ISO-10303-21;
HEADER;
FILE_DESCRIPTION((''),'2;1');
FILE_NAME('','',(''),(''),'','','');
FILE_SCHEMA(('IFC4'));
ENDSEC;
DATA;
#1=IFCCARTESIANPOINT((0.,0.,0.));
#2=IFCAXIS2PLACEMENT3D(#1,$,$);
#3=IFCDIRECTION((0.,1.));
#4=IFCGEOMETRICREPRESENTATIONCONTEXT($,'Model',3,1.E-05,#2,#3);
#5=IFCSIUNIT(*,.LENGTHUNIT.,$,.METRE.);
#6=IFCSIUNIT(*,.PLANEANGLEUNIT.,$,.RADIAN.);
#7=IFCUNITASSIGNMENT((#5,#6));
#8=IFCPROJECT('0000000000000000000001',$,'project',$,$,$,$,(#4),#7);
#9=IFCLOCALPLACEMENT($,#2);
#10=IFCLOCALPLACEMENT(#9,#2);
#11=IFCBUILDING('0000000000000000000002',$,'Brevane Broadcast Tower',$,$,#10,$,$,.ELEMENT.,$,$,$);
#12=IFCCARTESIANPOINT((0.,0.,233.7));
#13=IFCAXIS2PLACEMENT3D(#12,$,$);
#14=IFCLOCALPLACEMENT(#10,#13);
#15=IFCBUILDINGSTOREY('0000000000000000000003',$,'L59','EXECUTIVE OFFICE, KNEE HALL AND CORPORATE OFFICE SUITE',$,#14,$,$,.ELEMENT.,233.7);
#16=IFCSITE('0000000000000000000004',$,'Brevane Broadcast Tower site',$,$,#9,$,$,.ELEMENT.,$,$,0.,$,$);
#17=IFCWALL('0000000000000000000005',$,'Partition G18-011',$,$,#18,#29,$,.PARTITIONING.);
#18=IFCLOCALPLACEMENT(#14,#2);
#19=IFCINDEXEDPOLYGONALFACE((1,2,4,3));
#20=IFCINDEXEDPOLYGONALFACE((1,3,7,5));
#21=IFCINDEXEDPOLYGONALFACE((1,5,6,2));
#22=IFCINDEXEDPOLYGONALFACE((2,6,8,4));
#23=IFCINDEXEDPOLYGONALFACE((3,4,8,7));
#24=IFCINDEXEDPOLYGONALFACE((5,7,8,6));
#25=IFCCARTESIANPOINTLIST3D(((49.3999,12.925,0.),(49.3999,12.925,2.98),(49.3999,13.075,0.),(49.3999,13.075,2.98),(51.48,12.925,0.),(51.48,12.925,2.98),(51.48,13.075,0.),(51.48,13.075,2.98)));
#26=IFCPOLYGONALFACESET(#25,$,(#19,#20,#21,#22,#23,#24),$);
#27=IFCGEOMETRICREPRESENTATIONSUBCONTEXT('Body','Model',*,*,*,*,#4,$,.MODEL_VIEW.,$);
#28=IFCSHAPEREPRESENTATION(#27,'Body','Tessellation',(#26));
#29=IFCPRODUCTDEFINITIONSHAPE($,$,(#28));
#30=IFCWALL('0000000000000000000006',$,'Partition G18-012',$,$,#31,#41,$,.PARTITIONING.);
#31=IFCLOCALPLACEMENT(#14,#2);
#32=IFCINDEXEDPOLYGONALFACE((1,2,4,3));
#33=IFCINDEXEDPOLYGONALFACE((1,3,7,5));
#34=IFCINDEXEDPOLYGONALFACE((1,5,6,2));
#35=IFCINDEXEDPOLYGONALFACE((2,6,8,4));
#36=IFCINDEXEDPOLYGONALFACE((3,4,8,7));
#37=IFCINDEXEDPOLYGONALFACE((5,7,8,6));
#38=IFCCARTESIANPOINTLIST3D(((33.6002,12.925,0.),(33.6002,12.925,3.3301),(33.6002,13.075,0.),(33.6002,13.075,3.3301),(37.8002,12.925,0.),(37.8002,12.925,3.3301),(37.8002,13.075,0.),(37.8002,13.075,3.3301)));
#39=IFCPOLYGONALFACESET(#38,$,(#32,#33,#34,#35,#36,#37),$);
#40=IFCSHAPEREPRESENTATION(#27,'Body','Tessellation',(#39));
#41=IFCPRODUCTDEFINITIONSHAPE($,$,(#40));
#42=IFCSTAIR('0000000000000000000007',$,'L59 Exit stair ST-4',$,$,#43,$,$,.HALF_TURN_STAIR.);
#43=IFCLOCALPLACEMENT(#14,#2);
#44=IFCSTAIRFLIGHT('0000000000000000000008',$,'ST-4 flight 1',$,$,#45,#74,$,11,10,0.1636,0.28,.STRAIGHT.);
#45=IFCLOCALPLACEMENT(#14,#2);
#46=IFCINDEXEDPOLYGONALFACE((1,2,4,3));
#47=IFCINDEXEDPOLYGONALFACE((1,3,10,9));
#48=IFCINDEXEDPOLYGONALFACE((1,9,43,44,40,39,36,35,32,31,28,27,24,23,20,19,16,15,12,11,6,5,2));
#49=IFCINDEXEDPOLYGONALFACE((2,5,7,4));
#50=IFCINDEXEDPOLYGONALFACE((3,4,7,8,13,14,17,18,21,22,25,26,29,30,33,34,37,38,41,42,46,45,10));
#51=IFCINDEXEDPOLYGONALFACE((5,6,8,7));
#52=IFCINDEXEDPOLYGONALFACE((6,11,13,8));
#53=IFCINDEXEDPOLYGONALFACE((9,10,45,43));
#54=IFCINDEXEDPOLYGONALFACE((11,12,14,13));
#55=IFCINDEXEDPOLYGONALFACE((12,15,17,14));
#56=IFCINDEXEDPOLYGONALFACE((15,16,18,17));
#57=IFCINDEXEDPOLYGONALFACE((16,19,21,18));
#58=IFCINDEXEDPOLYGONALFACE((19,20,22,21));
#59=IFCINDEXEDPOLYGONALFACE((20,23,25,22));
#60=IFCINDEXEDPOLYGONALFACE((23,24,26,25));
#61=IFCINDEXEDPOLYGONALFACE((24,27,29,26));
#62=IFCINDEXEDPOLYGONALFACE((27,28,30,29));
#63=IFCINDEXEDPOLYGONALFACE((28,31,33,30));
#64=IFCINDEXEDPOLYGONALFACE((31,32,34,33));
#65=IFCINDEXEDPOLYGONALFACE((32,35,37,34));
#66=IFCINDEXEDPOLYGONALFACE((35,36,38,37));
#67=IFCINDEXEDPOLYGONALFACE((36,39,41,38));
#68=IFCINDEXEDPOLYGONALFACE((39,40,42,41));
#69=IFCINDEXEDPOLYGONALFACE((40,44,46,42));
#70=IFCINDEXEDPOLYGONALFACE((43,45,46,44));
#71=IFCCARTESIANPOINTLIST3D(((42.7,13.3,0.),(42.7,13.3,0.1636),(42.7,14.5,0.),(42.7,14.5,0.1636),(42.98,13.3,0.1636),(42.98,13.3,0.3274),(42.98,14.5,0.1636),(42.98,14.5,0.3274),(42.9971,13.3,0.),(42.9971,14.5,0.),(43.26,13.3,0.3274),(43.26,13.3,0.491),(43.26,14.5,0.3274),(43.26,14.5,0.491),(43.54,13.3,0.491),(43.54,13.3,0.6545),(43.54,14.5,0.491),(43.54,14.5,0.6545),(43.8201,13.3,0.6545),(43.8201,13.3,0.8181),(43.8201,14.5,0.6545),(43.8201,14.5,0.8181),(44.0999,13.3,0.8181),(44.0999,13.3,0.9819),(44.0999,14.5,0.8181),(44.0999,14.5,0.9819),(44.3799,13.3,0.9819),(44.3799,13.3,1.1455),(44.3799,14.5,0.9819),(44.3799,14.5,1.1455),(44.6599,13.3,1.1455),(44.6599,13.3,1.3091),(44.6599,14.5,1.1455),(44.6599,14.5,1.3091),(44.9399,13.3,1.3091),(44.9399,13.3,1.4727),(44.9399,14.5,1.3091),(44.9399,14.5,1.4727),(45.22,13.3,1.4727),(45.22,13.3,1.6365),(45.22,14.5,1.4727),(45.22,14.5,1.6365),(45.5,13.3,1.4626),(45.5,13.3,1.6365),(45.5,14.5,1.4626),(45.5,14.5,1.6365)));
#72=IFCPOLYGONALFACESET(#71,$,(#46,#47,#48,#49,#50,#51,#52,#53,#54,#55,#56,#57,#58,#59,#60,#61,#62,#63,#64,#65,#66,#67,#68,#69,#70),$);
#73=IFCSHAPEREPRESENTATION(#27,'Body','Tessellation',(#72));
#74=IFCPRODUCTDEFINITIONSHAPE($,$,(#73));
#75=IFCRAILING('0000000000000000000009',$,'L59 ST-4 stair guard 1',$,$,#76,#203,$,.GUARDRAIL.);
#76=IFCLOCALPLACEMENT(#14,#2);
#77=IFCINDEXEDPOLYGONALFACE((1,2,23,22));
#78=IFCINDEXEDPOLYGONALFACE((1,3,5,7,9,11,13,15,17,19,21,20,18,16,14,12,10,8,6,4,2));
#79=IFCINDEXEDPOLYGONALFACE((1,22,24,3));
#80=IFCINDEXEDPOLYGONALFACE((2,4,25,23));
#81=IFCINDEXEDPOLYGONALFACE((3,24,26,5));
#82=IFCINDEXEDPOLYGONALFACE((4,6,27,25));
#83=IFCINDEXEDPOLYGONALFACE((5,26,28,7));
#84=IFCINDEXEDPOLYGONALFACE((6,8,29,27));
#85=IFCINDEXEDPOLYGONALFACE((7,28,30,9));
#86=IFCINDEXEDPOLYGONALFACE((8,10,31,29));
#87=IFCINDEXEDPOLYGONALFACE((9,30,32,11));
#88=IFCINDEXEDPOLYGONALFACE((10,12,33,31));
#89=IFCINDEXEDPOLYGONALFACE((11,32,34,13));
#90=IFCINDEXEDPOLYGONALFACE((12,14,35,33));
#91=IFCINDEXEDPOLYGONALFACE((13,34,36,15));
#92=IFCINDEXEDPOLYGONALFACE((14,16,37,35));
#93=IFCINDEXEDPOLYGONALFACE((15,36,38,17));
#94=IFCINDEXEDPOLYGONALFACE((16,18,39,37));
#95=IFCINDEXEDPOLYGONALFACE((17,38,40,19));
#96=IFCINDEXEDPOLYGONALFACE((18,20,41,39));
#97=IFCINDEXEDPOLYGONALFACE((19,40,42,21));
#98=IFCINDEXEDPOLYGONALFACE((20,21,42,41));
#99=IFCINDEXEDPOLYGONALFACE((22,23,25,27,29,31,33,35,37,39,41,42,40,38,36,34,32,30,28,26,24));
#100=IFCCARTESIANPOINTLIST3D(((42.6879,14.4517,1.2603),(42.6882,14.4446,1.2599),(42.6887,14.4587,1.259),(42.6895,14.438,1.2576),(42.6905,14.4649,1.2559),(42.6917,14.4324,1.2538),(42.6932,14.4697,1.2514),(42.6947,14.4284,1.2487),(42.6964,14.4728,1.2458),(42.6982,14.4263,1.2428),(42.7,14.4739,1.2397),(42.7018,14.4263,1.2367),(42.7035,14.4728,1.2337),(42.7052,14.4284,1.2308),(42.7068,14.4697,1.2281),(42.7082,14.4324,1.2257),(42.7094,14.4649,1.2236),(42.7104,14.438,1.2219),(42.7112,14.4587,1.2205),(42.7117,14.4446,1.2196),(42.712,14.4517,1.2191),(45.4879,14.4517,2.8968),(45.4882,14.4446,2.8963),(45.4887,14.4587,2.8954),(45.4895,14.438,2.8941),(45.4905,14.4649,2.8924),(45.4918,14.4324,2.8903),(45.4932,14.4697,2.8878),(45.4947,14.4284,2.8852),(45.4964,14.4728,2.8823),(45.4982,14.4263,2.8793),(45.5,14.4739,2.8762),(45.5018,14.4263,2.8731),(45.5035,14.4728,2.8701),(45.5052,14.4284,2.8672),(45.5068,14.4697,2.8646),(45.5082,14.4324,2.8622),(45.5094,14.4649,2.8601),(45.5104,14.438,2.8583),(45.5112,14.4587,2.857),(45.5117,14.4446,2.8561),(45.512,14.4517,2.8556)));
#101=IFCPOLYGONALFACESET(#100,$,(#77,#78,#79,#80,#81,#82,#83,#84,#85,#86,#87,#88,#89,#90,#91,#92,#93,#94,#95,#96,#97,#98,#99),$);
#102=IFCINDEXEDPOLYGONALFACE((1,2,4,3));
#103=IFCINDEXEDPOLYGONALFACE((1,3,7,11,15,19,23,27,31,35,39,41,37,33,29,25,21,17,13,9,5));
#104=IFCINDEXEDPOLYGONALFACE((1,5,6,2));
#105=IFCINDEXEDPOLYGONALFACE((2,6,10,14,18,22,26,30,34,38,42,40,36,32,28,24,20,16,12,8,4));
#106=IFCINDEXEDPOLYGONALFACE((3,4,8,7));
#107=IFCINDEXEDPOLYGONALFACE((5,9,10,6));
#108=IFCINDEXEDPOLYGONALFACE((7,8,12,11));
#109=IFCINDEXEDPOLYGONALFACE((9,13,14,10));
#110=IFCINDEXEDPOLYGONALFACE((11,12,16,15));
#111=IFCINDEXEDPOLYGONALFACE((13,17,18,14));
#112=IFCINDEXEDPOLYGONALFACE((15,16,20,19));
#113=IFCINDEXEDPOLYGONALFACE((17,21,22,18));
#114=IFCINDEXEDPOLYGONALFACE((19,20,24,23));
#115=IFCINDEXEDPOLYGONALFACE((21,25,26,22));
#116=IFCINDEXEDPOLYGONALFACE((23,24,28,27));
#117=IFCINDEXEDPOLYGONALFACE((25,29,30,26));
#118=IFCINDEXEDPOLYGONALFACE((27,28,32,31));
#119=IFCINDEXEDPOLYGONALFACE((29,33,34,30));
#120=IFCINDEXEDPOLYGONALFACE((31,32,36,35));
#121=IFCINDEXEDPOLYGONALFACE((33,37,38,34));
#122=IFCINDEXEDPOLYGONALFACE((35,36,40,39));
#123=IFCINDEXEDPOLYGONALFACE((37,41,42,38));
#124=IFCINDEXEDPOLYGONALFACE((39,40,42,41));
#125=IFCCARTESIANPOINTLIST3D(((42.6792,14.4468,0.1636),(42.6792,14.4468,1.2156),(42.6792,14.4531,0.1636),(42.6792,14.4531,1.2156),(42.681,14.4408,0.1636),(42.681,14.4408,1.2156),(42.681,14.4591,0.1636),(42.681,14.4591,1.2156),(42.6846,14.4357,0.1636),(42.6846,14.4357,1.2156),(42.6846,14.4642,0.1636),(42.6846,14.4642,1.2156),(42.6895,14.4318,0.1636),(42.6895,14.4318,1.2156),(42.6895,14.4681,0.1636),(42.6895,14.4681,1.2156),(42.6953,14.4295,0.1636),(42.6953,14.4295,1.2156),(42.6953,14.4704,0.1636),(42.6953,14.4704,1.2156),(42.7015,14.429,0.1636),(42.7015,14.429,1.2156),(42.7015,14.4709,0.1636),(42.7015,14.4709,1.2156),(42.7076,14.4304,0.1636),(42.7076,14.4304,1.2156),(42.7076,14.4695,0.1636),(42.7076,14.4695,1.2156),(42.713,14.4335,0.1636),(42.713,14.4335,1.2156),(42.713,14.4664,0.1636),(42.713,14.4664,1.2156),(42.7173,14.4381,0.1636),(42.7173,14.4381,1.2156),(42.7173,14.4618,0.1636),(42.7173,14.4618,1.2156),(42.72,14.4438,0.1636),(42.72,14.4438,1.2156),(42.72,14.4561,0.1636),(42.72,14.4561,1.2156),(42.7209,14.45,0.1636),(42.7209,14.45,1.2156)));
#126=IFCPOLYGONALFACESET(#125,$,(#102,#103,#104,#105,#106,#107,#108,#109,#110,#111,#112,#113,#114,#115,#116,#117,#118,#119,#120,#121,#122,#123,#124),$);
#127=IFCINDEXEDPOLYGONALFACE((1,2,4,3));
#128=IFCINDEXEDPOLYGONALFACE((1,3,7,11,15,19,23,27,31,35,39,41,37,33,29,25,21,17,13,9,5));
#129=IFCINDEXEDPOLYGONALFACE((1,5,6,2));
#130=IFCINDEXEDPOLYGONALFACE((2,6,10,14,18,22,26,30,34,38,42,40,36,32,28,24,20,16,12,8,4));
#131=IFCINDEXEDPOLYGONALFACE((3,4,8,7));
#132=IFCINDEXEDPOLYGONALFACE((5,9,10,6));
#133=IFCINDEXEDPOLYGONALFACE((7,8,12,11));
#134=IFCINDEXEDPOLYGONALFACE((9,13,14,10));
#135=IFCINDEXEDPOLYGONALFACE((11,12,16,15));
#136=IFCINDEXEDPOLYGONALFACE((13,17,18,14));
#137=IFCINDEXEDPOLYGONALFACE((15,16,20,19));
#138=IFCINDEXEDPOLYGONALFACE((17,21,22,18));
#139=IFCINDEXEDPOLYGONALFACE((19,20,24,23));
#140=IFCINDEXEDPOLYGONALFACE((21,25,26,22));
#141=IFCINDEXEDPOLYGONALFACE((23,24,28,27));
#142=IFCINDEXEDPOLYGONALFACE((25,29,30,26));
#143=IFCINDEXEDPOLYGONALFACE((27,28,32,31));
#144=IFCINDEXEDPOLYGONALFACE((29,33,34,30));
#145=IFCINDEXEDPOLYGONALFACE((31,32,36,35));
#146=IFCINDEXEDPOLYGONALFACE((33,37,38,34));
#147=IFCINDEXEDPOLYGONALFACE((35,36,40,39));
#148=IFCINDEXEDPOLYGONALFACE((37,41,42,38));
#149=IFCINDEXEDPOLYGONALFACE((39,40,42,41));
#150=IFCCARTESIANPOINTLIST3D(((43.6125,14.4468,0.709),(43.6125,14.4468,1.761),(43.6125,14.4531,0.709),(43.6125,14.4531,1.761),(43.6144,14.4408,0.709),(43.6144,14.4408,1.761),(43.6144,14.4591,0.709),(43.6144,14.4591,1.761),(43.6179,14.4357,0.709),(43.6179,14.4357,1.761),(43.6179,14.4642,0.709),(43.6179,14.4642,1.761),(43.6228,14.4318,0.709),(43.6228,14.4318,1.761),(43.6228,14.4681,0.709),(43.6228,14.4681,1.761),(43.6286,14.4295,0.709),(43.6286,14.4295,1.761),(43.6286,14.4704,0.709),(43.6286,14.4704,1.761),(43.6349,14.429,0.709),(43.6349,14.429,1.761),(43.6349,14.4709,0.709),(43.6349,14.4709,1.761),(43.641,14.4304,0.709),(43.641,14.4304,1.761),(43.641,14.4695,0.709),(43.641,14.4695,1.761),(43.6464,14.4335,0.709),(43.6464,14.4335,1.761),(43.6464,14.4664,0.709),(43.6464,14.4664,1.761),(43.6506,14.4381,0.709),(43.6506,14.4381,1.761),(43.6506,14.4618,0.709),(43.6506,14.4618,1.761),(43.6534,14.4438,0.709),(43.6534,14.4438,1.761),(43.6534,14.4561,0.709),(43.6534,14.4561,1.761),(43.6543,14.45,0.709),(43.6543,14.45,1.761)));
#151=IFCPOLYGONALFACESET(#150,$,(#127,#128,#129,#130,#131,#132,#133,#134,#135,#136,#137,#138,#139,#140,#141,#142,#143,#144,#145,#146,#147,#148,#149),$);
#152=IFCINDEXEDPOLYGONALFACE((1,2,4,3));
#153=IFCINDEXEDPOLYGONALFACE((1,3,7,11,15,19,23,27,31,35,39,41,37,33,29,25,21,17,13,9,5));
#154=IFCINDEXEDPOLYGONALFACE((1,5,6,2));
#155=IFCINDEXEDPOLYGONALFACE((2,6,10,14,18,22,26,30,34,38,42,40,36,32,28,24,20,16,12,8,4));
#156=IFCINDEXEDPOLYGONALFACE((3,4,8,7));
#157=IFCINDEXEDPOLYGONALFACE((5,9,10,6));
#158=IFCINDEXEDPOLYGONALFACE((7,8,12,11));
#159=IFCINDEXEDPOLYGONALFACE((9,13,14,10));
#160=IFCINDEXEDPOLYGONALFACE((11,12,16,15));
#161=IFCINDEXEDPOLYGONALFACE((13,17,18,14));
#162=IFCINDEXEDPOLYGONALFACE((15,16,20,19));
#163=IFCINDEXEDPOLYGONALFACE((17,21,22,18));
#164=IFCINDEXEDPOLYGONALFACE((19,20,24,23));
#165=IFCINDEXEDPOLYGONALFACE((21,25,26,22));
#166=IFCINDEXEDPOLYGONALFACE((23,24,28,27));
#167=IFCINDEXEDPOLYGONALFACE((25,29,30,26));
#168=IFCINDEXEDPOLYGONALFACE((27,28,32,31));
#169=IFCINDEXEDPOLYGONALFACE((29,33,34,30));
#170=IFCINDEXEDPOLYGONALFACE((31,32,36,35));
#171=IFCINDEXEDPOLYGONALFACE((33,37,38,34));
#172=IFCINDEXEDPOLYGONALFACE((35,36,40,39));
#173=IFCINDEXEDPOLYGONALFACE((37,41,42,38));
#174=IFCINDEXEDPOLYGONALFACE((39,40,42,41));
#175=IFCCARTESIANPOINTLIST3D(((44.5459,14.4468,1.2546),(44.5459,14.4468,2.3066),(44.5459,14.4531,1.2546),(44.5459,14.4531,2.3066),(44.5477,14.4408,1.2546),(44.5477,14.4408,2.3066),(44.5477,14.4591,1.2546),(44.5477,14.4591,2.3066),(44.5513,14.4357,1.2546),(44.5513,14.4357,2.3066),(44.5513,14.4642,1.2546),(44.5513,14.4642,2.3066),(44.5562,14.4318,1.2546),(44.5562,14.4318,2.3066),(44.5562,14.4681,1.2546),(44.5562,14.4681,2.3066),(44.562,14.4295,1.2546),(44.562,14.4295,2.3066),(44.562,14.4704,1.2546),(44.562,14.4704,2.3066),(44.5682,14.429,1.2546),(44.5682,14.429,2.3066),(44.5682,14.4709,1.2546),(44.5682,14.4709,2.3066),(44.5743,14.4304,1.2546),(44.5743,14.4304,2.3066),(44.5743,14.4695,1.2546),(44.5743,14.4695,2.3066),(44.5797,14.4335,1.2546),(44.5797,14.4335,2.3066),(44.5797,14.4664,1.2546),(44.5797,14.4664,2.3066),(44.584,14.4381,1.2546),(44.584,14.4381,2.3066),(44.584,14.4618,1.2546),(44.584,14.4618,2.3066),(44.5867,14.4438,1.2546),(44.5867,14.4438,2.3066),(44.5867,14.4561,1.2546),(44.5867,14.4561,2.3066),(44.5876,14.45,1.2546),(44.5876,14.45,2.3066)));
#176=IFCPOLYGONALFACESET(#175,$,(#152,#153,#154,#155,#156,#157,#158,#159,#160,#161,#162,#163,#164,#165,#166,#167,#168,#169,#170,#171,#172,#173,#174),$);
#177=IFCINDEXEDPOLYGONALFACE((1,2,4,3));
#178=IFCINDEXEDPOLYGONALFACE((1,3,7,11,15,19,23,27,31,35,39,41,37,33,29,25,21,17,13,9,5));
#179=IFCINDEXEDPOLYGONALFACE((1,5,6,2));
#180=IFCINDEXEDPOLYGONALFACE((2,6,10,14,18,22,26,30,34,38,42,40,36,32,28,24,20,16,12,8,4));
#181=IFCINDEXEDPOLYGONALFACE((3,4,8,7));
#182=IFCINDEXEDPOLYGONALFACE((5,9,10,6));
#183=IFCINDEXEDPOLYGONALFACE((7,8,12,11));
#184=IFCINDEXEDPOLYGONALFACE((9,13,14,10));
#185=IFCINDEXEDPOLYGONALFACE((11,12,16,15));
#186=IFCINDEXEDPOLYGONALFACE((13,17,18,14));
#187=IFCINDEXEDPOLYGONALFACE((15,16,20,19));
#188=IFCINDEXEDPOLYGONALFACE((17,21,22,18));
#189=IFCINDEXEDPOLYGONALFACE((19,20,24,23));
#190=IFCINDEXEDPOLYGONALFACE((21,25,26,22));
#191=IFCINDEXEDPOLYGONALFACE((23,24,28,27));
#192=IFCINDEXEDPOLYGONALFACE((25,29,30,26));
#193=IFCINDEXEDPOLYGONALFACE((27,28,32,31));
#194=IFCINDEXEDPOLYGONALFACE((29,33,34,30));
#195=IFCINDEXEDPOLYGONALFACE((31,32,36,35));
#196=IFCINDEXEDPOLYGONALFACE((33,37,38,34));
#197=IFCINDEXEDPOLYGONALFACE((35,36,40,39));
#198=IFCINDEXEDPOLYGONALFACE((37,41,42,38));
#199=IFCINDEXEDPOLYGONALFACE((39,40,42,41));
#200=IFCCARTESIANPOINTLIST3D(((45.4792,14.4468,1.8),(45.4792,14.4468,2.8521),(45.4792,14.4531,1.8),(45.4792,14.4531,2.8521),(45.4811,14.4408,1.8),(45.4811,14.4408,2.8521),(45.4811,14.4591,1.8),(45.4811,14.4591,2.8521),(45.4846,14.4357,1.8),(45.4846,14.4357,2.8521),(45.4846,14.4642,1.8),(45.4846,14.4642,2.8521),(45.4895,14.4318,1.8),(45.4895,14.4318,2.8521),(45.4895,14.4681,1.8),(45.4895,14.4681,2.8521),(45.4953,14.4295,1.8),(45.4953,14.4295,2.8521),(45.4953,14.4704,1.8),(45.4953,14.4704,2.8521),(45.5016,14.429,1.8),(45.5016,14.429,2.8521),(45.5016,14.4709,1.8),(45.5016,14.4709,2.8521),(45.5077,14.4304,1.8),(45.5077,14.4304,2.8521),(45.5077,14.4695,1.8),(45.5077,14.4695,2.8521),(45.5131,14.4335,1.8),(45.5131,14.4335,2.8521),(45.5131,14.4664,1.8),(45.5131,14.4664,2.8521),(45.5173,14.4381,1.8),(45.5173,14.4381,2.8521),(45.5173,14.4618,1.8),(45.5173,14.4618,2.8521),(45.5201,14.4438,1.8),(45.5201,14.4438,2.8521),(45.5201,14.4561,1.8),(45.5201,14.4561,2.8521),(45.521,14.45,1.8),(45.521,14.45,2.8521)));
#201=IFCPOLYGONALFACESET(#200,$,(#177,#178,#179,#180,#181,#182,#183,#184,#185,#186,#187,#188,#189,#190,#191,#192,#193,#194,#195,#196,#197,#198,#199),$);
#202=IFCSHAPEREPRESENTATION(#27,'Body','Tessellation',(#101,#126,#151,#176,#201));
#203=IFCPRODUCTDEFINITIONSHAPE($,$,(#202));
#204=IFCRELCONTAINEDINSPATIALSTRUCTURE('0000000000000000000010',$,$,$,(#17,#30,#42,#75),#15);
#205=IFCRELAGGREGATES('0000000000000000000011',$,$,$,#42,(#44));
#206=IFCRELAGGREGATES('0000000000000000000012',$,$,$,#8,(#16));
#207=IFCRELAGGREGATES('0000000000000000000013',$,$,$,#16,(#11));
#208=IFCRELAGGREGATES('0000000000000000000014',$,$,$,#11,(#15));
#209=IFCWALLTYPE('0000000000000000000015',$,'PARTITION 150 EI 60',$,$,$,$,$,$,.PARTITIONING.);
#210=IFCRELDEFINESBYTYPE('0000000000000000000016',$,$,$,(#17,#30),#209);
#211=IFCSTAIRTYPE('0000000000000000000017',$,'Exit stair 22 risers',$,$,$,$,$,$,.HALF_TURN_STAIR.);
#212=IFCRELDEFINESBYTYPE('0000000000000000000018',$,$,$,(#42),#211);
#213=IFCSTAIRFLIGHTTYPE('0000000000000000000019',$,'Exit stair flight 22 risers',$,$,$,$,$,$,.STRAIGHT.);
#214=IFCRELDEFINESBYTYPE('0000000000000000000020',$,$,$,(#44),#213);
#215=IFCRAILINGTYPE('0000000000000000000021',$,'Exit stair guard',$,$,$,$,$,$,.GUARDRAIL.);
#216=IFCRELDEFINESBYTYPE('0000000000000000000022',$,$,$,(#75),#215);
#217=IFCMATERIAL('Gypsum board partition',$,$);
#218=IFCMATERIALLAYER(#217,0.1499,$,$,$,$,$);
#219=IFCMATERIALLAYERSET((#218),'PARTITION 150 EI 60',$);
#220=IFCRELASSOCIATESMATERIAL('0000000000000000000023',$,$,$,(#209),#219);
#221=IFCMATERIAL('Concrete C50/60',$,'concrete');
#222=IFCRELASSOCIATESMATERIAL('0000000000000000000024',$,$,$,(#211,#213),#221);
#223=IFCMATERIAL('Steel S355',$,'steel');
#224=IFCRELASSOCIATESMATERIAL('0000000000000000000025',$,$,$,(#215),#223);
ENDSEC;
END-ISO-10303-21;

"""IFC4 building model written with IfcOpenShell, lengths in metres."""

from ifc_helpers import new_model, si_unit, direction, frame, frame_2d, origin, origin_2d, place, context, subcontext, project, spatial, polyline, rectangle, circle, outline, extrude, material, layer, layer_set, type_object, element, aggregate, save


model = new_model("IFC4")

# Units and contexts
model_context = context("Model", 3, precision=1e-05, world=origin(), true_north=direction((0.0, 1.0)))
body_context = subcontext(model_context, "Body", "Model", "MODEL_VIEW")
ifc_project = project(units=[si_unit("LENGTHUNIT", "METRE"), si_unit("PLANEANGLEUNIT", "RADIAN")], contexts=[model_context])

# Site, building, storey
site_placement = place(None, origin())
site = spatial("IfcSite", under=ifc_project, at=site_placement, Name="Brevane Broadcast Tower site", CompositionType="ELEMENT", RefElevation=0.0)
building_placement = place(site_placement, origin())
building = spatial("IfcBuilding", under=site, at=building_placement, Name="Brevane Broadcast Tower", CompositionType="ELEMENT")
storey_placement = place(building_placement, frame((0.0, 0.0, 233.7)))
storey = spatial("IfcBuildingStorey", under=building, at=storey_placement, Name="L59", Description="EXECUTIVE OFFICE, KNEE HALL AND CORPORATE OFFICE SUITE", CompositionType="ELEMENT", Elevation=233.7)

# Shared definitions
ifc_material_1 = material(Name="Concrete C50/60", Category="concrete")

# Shared definitions
ifc_material_2 = material(Name="Gypsum board partition")

# Shared definitions
ifc_layer_1 = layer(ifc_material_2, 0.1499)
ifc_layer_set_1 = layer_set([ifc_layer_1], Name="PARTITION 150 EI 60")
wall_type_1 = type_object("IfcWallType", Name="PARTITION 150 EI 60", PredefinedType="PARTITIONING", material=ifc_layer_set_1)

# Walls
wall_1_placement = place(storey_placement, frame((49.3999, 13.0, 0.0), z_axis=(0.0, 0.0, 1.0), x_axis=(1.0, 0.0, 0.0)))
element("IfcWall", 1, at=wall_1_placement, inside=storey, type_object=wall_type_1, Name="Partition G18-011", PredefinedType="PARTITIONING", context=body_context, shape_type="SweptSolid", body=[
    extrude(rectangle(XDim=2.0801, YDim=0.1499, at=frame_2d((1.04, 0.0))), origin(), (0.0, 0.0, 1.0), 2.98),
])
wall_2_placement = place(storey_placement, frame((33.6001, 13.0, 0.0), z_axis=(0.0, 0.0, 1.0), x_axis=(1.0, 0.0, 0.0)))
element("IfcWall", 2, at=wall_2_placement, inside=storey, type_object=wall_type_1, Name="Partition G18-012", PredefinedType="PARTITIONING", context=body_context, shape_type="SweptSolid", body=[
    extrude(rectangle(XDim=4.2, YDim=0.1499, at=frame_2d((2.1001, 0.0))), origin(), (0.0, 0.0, 1.0), 3.3301),
])

# Stair, stair flight
stair_type = type_object("IfcStairType", Name="Exit stair 22 risers", PredefinedType="HALF_TURN_STAIR", material=ifc_material_1)
stair_placement = place(storey_placement, origin())
stair = element("IfcStair", 3, at=stair_placement, inside=storey, type_object=stair_type, Name="L59 Exit stair ST-4", PredefinedType="HALF_TURN_STAIR")
stair_flight_type = type_object("IfcStairFlightType", Name="Exit stair flight 22 risers", PredefinedType="STRAIGHT", material=ifc_material_1)
stair_flight_placement = place(storey_placement, frame((42.7, 13.8999, 0.0), z_axis=(0.0, 0.0, 1.0), x_axis=(1.0, 0.0, 0.0)))
stair_flight = element("IfcStairFlight", 4, at=stair_flight_placement, type_object=stair_flight_type, Name="ST-4 flight 1", NumberOfRisers=11, NumberOfTreads=10, PredefinedType="STRAIGHT", RiserHeight=0.1636, TreadLength=0.28, context=body_context, shape_type="SweptSolid", body=[
    extrude(outline(polyline([(0.0, 0.0), (0.0, 0.1636), (0.28, 0.1636), (0.28, 0.3274), (0.5601, 0.3274), (0.5601, 0.491), (0.8401, 0.491), (0.8401, 0.6545), (1.1201, 0.6545), (1.1201, 0.8181), (1.3999, 0.8181), (1.3999, 0.9819), (1.6799, 0.9819), (1.6799, 1.1455), (1.96, 1.1455), (1.96, 1.3091), (2.24, 1.3091), (2.24, 1.4727), (2.52, 1.4727), (2.52, 1.6365), (2.8, 1.6365), (2.8, 1.8), (2.8, 1.4626), (0.2971, 0.0), (0.0, 0.0)])), frame((0.0, 0.6001, 0.0), z_axis=(0.0, -1.0, 0.0), x_axis=(1.0, 0.0, 0.0)), (0.0, 0.0, 1.0), 1.2),
])
aggregate(stair, [stair_flight])

# Railing
ifc_material_3 = material(Name="Steel S355", Category="steel")
railing_type_1 = type_object("IfcRailingType", Name="Exit stair guard", PredefinedType="GUARDRAIL", material=ifc_material_3)
railing_1_placement = place(storey_placement, frame((42.7, 14.45, 0.1636)))
element("IfcRailing", 5, at=railing_1_placement, inside=storey, type_object=railing_type_1, Name="L59 ST-4 stair guard 1", PredefinedType="GUARDRAIL", context=body_context, shape_type="SweptSolid", body=[
    extrude(circle(Radius=0.0239, at=origin_2d()), frame((0.0, 0.0, 1.0762), z_axis=(0.863361, 0.0, 0.504587), x_axis=(0.0, 1.0, 0.0)), (0.0, 0.0, 1.0), 3.2432),
    extrude(circle(Radius=0.021, at=origin_2d()), origin(), (0.0, 0.0, 1.0), 1.052),
    extrude(circle(Radius=0.021, at=origin_2d()), frame((0.9333, 0.0, 0.5454)), (0.0, 0.0, 1.0), 1.052),
    extrude(circle(Radius=0.021, at=origin_2d()), frame((1.8667, 0.0, 1.0911)), (0.0, 0.0, 1.0), 1.052),
    extrude(circle(Radius=0.021, at=origin_2d()), frame((2.8, 0.0, 1.6365)), (0.0, 0.0, 1.0), 1.052),
])

save(model, "model.ifc")
